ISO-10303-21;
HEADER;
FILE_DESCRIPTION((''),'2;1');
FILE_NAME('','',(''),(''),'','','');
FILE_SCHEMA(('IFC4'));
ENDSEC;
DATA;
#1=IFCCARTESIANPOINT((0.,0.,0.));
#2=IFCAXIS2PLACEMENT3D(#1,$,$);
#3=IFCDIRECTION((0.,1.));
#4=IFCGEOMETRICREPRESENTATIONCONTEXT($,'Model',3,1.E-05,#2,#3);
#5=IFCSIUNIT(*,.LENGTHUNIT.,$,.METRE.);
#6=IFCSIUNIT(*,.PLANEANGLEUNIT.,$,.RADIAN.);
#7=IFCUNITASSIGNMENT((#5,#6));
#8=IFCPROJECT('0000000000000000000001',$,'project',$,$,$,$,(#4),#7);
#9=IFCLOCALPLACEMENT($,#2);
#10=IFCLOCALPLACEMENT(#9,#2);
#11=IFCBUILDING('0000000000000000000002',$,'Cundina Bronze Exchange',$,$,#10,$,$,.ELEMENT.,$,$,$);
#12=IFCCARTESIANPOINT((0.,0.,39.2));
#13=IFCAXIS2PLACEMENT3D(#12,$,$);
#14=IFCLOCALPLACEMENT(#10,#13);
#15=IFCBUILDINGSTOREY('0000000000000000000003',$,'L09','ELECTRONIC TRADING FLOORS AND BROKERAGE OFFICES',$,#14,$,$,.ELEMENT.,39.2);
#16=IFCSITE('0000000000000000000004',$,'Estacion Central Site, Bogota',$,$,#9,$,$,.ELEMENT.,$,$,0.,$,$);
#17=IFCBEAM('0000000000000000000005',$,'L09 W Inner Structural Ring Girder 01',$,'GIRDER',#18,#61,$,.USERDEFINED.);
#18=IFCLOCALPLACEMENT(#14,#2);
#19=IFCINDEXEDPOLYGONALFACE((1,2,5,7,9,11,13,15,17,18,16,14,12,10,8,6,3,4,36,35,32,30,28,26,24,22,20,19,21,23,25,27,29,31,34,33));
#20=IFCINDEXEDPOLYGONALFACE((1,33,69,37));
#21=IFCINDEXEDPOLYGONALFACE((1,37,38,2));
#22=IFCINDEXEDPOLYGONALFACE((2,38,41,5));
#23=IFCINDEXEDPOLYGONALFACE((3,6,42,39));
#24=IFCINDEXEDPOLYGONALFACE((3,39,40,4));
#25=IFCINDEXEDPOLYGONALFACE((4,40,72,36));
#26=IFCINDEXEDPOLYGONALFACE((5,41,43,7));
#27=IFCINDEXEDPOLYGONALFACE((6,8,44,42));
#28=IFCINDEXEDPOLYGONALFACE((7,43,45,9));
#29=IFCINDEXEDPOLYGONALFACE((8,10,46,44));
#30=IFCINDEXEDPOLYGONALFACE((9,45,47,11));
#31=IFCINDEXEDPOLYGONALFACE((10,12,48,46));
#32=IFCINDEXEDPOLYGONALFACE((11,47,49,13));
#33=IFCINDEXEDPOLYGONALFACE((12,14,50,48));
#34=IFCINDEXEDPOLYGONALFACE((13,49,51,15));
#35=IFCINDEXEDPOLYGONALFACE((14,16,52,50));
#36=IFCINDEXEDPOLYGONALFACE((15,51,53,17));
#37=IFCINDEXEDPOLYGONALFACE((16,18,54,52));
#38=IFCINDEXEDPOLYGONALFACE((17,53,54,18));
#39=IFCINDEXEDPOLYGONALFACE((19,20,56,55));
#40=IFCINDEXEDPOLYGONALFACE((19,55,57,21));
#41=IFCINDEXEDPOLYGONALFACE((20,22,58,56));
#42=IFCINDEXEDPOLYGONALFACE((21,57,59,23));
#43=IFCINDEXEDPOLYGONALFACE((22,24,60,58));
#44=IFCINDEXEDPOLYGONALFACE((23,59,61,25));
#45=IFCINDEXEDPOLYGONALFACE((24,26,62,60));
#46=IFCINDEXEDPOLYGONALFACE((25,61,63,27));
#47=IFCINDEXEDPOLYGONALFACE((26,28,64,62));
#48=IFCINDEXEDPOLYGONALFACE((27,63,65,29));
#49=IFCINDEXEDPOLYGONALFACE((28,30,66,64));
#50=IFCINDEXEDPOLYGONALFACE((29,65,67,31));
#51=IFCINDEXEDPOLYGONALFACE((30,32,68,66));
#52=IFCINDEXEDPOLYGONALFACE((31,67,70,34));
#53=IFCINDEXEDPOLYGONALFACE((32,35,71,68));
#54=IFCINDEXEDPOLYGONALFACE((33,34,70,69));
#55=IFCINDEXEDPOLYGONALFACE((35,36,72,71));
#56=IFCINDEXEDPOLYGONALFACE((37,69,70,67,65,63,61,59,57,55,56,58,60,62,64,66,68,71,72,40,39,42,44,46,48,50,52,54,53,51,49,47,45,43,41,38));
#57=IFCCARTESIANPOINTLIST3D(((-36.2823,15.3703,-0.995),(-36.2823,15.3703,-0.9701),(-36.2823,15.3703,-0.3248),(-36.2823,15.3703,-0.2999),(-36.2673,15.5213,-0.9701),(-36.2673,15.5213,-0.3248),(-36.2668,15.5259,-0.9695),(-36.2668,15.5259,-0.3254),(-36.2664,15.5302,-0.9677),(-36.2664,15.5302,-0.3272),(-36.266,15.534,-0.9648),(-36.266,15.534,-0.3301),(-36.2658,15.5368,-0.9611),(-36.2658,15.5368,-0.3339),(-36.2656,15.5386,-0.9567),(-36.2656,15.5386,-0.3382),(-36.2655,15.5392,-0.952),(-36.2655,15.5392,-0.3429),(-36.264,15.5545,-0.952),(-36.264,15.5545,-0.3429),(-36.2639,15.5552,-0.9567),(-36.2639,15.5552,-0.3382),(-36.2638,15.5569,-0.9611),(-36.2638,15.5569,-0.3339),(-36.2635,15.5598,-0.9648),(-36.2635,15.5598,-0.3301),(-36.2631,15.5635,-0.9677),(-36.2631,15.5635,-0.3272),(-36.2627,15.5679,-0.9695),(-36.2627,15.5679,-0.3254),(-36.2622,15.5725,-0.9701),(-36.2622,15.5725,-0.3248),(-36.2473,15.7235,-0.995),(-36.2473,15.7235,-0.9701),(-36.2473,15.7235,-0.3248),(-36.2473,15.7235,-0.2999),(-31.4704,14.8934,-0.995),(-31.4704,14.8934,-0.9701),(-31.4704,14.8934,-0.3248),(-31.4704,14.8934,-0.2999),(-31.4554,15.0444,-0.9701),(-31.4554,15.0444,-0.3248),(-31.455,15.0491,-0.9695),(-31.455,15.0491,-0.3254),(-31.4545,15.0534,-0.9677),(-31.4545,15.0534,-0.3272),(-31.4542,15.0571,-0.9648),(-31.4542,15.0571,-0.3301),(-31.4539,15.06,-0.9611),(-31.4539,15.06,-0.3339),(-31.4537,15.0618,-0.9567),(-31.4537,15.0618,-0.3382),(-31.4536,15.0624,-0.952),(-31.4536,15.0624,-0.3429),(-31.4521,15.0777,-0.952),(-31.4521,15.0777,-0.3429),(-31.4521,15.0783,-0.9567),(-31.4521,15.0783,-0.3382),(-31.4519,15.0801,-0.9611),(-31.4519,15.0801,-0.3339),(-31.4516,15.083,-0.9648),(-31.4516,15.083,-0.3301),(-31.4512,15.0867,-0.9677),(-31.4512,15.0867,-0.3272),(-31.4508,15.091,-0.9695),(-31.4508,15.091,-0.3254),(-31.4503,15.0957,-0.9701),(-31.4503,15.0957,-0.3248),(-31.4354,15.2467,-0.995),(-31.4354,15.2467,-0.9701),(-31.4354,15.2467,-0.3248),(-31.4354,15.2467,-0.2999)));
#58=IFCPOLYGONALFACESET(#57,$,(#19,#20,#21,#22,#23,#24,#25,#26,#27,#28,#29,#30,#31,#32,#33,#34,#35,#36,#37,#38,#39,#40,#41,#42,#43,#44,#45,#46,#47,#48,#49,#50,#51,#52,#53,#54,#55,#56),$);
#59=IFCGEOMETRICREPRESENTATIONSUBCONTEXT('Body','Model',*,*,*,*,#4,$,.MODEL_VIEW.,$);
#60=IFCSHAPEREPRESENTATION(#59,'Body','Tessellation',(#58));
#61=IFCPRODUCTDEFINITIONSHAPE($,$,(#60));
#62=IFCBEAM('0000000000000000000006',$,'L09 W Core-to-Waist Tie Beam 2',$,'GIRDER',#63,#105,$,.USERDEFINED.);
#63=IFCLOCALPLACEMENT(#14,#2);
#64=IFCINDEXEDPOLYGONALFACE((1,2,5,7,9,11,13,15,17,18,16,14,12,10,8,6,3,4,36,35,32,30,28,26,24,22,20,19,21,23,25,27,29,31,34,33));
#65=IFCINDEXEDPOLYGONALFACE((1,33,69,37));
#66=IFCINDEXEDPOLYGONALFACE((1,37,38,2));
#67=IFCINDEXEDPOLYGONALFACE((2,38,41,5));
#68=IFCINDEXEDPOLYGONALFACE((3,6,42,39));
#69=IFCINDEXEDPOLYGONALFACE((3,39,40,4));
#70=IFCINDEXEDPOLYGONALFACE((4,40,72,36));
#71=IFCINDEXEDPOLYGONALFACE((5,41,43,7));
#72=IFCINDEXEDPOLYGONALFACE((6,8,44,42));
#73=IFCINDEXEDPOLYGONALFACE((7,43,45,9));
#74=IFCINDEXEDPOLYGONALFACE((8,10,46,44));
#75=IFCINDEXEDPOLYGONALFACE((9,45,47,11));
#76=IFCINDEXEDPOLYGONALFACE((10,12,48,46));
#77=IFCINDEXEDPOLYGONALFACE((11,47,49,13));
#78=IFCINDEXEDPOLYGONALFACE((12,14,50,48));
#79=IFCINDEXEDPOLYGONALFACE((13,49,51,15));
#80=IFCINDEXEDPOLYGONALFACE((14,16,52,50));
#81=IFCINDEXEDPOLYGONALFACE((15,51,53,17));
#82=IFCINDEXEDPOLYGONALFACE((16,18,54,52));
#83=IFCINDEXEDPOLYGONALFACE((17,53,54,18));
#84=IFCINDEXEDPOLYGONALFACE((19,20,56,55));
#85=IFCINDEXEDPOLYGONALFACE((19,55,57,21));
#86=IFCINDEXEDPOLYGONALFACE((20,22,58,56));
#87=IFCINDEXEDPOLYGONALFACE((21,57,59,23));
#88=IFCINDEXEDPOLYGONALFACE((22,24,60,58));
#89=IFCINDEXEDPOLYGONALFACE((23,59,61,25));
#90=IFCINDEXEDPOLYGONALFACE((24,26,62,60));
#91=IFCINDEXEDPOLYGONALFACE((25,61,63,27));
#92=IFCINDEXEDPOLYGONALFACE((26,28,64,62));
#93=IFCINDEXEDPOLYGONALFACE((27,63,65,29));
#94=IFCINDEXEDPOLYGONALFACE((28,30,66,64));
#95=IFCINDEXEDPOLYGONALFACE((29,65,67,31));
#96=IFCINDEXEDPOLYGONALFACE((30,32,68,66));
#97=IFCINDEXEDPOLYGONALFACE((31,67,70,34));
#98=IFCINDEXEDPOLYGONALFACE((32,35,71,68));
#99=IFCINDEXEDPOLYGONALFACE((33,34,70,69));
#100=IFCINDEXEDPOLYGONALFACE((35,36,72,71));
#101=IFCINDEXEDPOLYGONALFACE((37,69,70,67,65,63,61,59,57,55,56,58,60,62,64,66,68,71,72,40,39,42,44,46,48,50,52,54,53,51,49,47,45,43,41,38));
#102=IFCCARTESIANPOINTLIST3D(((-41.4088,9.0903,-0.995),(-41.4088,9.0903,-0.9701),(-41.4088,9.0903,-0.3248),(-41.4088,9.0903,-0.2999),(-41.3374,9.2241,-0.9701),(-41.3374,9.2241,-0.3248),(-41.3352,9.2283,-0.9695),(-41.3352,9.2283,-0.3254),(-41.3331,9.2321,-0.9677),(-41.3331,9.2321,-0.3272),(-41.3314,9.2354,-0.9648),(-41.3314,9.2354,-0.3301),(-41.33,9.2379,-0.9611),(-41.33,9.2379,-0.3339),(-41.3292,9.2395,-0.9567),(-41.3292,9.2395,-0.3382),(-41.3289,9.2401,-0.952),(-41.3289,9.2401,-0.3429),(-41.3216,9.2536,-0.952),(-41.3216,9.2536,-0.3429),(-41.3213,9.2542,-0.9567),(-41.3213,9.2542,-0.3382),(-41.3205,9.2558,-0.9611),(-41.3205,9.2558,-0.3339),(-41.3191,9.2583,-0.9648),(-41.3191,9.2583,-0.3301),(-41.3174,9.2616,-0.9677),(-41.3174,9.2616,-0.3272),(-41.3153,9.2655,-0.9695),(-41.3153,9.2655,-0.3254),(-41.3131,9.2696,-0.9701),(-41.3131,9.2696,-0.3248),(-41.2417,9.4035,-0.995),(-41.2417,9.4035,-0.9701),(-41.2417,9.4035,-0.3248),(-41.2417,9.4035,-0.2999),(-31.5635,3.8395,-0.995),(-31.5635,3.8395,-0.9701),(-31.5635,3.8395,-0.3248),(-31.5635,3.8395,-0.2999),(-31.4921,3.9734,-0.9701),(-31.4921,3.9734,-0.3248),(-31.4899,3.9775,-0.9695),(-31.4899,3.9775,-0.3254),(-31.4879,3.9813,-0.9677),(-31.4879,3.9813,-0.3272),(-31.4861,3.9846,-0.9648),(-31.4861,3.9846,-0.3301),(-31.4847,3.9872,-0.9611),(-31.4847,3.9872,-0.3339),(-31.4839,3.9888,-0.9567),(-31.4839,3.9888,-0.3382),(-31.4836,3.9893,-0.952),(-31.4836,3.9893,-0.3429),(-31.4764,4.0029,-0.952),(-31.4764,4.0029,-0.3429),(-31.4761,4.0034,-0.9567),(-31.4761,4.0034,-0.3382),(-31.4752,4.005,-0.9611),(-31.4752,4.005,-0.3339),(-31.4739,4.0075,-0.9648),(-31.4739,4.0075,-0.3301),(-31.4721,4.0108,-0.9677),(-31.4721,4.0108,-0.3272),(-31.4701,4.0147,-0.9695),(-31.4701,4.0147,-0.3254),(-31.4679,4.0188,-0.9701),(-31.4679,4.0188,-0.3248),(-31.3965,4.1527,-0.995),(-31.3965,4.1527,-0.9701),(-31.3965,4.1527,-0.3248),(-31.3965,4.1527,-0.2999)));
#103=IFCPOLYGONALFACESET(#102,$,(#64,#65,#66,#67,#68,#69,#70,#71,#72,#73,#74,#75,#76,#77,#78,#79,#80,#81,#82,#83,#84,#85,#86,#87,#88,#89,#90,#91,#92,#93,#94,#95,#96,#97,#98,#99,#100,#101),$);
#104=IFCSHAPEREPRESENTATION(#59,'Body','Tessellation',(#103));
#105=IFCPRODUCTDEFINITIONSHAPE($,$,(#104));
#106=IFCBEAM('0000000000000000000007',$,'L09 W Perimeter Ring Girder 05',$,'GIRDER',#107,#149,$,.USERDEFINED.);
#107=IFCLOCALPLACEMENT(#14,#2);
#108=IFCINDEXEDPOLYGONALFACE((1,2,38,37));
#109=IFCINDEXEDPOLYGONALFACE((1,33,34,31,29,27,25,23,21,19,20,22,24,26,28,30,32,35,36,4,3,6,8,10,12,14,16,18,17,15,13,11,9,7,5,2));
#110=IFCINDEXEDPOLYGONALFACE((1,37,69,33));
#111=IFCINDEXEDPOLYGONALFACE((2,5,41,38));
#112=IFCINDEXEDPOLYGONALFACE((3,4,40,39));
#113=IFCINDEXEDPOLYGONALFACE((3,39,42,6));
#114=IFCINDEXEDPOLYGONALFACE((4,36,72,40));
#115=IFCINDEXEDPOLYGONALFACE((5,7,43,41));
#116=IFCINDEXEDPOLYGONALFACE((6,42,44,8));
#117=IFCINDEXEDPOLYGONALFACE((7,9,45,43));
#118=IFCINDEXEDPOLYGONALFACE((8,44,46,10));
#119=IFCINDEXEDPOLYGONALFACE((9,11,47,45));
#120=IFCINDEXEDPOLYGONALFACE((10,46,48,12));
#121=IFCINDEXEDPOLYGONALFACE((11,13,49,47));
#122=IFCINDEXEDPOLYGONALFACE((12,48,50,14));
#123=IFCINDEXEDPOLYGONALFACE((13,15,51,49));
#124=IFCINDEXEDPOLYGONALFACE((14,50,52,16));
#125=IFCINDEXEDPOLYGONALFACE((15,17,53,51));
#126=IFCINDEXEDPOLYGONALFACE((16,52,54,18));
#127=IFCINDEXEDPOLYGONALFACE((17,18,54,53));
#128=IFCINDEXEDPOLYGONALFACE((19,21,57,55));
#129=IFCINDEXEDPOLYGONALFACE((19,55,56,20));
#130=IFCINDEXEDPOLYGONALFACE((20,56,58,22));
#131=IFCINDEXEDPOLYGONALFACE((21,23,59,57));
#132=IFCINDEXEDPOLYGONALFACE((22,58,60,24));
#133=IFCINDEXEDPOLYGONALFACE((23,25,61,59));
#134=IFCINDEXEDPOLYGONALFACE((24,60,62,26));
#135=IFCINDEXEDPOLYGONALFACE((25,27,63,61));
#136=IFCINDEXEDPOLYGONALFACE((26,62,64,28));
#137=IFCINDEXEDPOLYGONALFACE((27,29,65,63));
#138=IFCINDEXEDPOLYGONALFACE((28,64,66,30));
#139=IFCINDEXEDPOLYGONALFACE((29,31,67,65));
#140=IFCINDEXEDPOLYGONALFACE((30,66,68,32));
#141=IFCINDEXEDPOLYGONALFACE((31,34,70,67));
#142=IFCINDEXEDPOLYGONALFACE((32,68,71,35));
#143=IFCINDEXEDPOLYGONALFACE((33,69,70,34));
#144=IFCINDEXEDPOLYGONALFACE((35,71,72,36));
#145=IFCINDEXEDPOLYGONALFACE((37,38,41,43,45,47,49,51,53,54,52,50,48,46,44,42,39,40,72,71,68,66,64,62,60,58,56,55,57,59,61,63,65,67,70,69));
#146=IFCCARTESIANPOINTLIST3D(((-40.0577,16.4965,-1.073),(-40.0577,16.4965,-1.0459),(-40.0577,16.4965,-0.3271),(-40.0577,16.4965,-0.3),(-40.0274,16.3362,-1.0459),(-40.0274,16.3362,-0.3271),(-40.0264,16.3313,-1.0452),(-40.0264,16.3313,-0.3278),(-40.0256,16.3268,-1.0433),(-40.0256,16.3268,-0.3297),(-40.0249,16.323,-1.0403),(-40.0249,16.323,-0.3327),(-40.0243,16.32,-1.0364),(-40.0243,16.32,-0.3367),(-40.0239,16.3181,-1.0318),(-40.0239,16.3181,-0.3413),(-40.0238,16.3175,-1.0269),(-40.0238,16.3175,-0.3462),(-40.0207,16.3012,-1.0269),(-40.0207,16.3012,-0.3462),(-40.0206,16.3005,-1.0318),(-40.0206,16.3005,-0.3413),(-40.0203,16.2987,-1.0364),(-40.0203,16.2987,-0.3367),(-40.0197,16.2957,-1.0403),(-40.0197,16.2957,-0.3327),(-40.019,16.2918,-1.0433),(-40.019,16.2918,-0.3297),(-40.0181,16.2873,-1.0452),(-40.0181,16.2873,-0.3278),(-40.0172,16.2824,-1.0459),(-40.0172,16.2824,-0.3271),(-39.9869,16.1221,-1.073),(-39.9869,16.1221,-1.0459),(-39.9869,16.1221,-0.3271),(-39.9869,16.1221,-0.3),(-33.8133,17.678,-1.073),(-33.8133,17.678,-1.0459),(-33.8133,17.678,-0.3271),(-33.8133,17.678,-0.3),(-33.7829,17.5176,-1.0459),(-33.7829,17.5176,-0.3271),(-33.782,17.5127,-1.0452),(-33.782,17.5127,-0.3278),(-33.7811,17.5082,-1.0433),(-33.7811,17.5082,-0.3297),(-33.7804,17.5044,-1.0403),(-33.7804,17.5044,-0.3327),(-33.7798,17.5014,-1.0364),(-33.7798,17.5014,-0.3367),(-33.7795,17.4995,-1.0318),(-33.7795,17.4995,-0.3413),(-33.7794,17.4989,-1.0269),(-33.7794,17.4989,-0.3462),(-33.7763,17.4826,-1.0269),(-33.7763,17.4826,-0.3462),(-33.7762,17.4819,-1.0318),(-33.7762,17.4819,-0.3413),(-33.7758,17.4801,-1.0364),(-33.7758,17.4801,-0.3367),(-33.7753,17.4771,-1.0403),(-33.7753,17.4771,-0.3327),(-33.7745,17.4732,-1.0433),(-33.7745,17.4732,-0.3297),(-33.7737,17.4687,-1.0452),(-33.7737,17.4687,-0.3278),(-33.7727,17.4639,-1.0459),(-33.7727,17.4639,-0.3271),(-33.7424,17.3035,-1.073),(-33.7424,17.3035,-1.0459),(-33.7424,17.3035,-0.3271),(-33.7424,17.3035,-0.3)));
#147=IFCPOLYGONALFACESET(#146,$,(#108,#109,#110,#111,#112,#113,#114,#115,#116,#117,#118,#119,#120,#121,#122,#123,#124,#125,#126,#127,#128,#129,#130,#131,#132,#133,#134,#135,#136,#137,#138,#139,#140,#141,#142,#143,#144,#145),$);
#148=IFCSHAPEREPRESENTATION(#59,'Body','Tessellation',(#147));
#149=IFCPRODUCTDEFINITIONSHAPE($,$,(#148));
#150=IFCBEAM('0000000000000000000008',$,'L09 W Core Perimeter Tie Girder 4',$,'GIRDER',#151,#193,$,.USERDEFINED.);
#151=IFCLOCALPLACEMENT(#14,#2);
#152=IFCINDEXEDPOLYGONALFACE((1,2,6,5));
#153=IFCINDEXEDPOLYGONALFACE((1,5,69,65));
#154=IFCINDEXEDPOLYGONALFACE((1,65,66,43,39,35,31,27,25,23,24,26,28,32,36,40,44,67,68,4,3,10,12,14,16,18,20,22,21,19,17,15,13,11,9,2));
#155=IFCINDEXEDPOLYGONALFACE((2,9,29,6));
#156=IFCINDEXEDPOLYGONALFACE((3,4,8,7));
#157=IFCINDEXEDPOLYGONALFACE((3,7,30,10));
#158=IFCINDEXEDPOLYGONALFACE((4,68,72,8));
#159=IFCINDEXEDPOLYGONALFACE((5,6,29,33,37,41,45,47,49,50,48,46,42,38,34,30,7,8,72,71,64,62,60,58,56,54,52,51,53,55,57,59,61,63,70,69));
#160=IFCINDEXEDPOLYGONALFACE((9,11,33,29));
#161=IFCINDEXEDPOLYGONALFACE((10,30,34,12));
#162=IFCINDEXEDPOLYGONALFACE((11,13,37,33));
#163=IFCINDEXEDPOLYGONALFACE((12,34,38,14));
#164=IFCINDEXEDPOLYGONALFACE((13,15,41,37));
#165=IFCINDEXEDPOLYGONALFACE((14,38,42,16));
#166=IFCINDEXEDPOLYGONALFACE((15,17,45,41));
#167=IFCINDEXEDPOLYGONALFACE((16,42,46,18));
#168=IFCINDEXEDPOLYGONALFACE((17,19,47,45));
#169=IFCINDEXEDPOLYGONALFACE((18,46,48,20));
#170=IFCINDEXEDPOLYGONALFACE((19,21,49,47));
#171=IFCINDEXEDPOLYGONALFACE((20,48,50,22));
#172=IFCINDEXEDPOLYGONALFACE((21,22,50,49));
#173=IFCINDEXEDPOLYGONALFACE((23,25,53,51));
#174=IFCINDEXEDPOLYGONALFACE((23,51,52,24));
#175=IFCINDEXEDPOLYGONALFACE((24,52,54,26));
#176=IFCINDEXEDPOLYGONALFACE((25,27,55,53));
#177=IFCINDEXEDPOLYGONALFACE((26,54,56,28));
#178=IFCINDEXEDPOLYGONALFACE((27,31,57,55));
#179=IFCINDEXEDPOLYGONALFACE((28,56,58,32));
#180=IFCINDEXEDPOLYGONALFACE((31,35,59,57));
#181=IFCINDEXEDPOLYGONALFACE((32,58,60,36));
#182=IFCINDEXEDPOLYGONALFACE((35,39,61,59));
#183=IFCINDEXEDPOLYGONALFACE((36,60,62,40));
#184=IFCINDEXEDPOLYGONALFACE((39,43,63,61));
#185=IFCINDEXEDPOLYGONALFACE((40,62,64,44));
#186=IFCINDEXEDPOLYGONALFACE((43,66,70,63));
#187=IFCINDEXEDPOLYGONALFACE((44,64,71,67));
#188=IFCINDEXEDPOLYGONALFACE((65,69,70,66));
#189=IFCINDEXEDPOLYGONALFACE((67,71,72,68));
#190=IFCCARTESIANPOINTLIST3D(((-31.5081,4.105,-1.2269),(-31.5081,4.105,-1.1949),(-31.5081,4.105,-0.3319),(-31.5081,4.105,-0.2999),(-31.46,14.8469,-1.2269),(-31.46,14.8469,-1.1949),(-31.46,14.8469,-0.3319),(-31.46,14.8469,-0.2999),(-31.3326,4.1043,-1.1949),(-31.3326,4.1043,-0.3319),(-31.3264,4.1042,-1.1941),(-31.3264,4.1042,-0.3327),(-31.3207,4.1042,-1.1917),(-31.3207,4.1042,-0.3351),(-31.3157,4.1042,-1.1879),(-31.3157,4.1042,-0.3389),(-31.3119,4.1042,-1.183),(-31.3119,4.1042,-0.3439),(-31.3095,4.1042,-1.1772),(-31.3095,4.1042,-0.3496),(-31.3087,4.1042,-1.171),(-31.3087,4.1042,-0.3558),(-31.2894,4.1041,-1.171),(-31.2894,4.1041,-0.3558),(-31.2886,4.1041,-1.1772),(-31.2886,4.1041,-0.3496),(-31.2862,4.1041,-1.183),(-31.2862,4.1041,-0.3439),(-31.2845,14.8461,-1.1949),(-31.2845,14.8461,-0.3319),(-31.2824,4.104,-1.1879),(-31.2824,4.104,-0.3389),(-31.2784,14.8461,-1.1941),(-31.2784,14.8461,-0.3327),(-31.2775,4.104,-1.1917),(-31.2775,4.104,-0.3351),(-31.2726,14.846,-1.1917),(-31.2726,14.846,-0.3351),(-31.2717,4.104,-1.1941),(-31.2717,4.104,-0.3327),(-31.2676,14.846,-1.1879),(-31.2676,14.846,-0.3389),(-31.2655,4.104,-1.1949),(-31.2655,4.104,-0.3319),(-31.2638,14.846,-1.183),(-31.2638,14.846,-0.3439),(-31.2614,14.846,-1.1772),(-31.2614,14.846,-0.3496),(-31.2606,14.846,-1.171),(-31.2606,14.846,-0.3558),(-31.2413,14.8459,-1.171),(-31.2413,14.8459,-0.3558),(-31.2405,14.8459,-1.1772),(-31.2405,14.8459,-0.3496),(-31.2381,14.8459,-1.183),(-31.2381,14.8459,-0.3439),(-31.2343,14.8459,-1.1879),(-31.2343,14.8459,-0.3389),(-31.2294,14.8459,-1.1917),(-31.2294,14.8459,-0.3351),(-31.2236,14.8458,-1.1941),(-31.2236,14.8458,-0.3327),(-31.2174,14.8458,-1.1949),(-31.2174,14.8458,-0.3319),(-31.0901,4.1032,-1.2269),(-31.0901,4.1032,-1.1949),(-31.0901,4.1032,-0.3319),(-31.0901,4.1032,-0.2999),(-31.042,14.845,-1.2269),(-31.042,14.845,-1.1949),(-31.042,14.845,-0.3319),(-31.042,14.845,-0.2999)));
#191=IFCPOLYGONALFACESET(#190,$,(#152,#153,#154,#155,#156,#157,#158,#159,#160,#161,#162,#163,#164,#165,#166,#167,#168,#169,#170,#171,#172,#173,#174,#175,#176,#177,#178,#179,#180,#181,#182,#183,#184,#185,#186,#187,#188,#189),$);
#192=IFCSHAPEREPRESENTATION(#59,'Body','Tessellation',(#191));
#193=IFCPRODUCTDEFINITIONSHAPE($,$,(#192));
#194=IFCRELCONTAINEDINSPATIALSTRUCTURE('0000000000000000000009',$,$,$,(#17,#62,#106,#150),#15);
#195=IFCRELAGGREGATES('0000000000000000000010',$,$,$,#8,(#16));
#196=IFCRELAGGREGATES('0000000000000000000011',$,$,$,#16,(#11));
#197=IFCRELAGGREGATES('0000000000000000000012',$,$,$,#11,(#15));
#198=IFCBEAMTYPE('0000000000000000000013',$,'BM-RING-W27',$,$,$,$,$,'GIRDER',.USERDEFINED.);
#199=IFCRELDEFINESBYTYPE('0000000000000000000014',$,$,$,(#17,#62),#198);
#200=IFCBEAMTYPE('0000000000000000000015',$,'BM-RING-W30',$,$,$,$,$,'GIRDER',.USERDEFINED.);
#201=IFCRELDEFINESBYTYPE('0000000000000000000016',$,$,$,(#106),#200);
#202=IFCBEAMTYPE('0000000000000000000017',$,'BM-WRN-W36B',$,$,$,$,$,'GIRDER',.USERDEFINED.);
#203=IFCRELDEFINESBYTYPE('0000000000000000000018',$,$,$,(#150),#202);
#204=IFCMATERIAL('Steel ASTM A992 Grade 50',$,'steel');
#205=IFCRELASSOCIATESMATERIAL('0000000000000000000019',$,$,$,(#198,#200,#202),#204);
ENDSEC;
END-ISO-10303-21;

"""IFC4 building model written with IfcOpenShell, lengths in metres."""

from ifc_helpers import new_model, si_unit, direction, frame, origin, origin_2d, place, context, subcontext, project, spatial, i_section, extrude, material, material_profile, profile_set, type_object, element, save


model = new_model("IFC4")

# Units and contexts
model_context = context("Model", 3, precision=1e-05, world=origin(), true_north=direction((0.0, 1.0)))
body_context = subcontext(model_context, "Body", "Model", "MODEL_VIEW")
ifc_project = project(units=[si_unit("LENGTHUNIT", "METRE"), si_unit("PLANEANGLEUNIT", "RADIAN")], contexts=[model_context])

# Site, building, storey
site_placement = place(None, origin())
site = spatial("IfcSite", under=ifc_project, at=site_placement, Name="Estacion Central Site, Bogota", CompositionType="ELEMENT", RefElevation=0.0)
building_placement = place(site_placement, origin())
building = spatial("IfcBuilding", under=site, at=building_placement, Name="Cundina Bronze Exchange", CompositionType="ELEMENT")
storey_placement = place(building_placement, frame((0.0, 0.0, 39.2)))
storey = spatial("IfcBuildingStorey", under=building, at=storey_placement, Name="L09", Description="ELECTRONIC TRADING FLOORS AND BROKERAGE OFFICES", CompositionType="ELEMENT", Elevation=39.2)

# Shared definitions
ifc_material_1 = material(Name="Steel ASTM A992 Grade 50", Category="steel")

# Beams
ifc_material_profile_1 = material_profile(ifc_material_1, i_section(OverallWidth=0.355, OverallDepth=0.6951, WebThickness=0.0154, FlangeThickness=0.0249, FilletRadius=0.0181, at=origin_2d()), Name="W27X146", Category="steel")
ifc_profile_set_1 = profile_set([ifc_material_profile_1], Name="Steel ASTM A992 Grade 50")
beam_type_1 = type_object("IfcBeamType", Name="BM-RING-W27", ElementType="GIRDER", PredefinedType="USERDEFINED", material=ifc_profile_set_1)
beam_1_placement = place(storey_placement, frame((-31.4529, 15.0701, -0.6475), z_axis=(-0.995126, 0.098609, 0.0), x_axis=(-0.098609, -0.995126, 0.0)))
element("IfcBeam", 1, at=beam_1_placement, inside=storey, type_object=beam_type_1, Name="L09 W Inner Structural Ring Girder 01", ObjectType="GIRDER", PredefinedType="USERDEFINED", context=body_context, shape_type="SweptSolid", body=[
    extrude(i_section(OverallWidth=0.355, OverallDepth=0.6951, WebThickness=0.0154, FlangeThickness=0.0249, FilletRadius=0.0181, at=origin_2d()), origin(), (0.0, 0.0, 1.0), 4.8354),
])
beam_2_placement = place(storey_placement, frame((-31.48, 3.9961, -0.6475), z_axis=(-0.882355, 0.470585, 0.0), x_axis=(-0.470585, -0.882355, 0.0)))
element("IfcBeam", 2, at=beam_2_placement, inside=storey, type_object=beam_type_1, Name="L09 W Core-to-Waist Tie Beam 2", ObjectType="GIRDER", PredefinedType="USERDEFINED", context=body_context, shape_type="SweptSolid", body=[
    extrude(i_section(OverallWidth=0.355, OverallDepth=0.6951, WebThickness=0.0154, FlangeThickness=0.0249, FilletRadius=0.0181, at=origin_2d()), origin(), (0.0, 0.0, 1.0), 11.158),
])
ifc_material_profile_2 = material_profile(ifc_material_1, i_section(OverallWidth=0.3811, OverallDepth=0.7729, WebThickness=0.0166, FlangeThickness=0.0271, FilletRadius=0.019, at=origin_2d()), Name="W30X173", Category="steel")
ifc_profile_set_2 = profile_set([ifc_material_profile_2], Name="Steel ASTM A992 Grade 50")
beam_type_2 = type_object("IfcBeamType", Name="BM-RING-W30", ElementType="GIRDER", PredefinedType="USERDEFINED", material=ifc_profile_set_2)
beam_3_placement = place(storey_placement, frame((-33.7778, 17.4907, -0.6865), z_axis=(-0.982569, -0.185896, 0.0), x_axis=(0.185896, -0.982569, 0.0)))
element("IfcBeam", 3, at=beam_3_placement, inside=storey, type_object=beam_type_2, Name="L09 W Perimeter Ring Girder 05", ObjectType="GIRDER", PredefinedType="USERDEFINED", context=body_context, shape_type="SweptSolid", body=[
    extrude(i_section(OverallWidth=0.3811, OverallDepth=0.7729, WebThickness=0.0166, FlangeThickness=0.0271, FilletRadius=0.019, at=origin_2d()), origin(), (0.0, 0.0, 1.0), 6.3552),
])
ifc_material_profile_3 = material_profile(ifc_material_1, i_section(OverallWidth=0.418, OverallDepth=0.927, WebThickness=0.0193, FlangeThickness=0.032, FilletRadius=0.0239, at=origin_2d()), Name="W36X231", Category="steel")
ifc_profile_set_3 = profile_set([ifc_material_profile_3], Name="Steel ASTM A992 Grade 50")
beam_type_3 = type_object("IfcBeamType", Name="BM-WRN-W36B", ElementType="GIRDER", PredefinedType="USERDEFINED", material=ifc_profile_set_3)
beam_4_placement = place(storey_placement, frame((-31.251, 14.8459, -0.7634), z_axis=(-0.004477, -0.99999, 0.0), x_axis=(0.99999, -0.004477, 0.0)))
element("IfcBeam", 4, at=beam_4_placement, inside=storey, type_object=beam_type_3, Name="L09 W Core Perimeter Tie Girder 4", ObjectType="GIRDER", PredefinedType="USERDEFINED", context=body_context, shape_type="SweptSolid", body=[
    extrude(i_section(OverallWidth=0.418, OverallDepth=0.927, WebThickness=0.0193, FlangeThickness=0.032, FilletRadius=0.0239, at=origin_2d()), origin(), (0.0, 0.0, 1.0), 10.7419),
])

save(model, "model.ifc")
